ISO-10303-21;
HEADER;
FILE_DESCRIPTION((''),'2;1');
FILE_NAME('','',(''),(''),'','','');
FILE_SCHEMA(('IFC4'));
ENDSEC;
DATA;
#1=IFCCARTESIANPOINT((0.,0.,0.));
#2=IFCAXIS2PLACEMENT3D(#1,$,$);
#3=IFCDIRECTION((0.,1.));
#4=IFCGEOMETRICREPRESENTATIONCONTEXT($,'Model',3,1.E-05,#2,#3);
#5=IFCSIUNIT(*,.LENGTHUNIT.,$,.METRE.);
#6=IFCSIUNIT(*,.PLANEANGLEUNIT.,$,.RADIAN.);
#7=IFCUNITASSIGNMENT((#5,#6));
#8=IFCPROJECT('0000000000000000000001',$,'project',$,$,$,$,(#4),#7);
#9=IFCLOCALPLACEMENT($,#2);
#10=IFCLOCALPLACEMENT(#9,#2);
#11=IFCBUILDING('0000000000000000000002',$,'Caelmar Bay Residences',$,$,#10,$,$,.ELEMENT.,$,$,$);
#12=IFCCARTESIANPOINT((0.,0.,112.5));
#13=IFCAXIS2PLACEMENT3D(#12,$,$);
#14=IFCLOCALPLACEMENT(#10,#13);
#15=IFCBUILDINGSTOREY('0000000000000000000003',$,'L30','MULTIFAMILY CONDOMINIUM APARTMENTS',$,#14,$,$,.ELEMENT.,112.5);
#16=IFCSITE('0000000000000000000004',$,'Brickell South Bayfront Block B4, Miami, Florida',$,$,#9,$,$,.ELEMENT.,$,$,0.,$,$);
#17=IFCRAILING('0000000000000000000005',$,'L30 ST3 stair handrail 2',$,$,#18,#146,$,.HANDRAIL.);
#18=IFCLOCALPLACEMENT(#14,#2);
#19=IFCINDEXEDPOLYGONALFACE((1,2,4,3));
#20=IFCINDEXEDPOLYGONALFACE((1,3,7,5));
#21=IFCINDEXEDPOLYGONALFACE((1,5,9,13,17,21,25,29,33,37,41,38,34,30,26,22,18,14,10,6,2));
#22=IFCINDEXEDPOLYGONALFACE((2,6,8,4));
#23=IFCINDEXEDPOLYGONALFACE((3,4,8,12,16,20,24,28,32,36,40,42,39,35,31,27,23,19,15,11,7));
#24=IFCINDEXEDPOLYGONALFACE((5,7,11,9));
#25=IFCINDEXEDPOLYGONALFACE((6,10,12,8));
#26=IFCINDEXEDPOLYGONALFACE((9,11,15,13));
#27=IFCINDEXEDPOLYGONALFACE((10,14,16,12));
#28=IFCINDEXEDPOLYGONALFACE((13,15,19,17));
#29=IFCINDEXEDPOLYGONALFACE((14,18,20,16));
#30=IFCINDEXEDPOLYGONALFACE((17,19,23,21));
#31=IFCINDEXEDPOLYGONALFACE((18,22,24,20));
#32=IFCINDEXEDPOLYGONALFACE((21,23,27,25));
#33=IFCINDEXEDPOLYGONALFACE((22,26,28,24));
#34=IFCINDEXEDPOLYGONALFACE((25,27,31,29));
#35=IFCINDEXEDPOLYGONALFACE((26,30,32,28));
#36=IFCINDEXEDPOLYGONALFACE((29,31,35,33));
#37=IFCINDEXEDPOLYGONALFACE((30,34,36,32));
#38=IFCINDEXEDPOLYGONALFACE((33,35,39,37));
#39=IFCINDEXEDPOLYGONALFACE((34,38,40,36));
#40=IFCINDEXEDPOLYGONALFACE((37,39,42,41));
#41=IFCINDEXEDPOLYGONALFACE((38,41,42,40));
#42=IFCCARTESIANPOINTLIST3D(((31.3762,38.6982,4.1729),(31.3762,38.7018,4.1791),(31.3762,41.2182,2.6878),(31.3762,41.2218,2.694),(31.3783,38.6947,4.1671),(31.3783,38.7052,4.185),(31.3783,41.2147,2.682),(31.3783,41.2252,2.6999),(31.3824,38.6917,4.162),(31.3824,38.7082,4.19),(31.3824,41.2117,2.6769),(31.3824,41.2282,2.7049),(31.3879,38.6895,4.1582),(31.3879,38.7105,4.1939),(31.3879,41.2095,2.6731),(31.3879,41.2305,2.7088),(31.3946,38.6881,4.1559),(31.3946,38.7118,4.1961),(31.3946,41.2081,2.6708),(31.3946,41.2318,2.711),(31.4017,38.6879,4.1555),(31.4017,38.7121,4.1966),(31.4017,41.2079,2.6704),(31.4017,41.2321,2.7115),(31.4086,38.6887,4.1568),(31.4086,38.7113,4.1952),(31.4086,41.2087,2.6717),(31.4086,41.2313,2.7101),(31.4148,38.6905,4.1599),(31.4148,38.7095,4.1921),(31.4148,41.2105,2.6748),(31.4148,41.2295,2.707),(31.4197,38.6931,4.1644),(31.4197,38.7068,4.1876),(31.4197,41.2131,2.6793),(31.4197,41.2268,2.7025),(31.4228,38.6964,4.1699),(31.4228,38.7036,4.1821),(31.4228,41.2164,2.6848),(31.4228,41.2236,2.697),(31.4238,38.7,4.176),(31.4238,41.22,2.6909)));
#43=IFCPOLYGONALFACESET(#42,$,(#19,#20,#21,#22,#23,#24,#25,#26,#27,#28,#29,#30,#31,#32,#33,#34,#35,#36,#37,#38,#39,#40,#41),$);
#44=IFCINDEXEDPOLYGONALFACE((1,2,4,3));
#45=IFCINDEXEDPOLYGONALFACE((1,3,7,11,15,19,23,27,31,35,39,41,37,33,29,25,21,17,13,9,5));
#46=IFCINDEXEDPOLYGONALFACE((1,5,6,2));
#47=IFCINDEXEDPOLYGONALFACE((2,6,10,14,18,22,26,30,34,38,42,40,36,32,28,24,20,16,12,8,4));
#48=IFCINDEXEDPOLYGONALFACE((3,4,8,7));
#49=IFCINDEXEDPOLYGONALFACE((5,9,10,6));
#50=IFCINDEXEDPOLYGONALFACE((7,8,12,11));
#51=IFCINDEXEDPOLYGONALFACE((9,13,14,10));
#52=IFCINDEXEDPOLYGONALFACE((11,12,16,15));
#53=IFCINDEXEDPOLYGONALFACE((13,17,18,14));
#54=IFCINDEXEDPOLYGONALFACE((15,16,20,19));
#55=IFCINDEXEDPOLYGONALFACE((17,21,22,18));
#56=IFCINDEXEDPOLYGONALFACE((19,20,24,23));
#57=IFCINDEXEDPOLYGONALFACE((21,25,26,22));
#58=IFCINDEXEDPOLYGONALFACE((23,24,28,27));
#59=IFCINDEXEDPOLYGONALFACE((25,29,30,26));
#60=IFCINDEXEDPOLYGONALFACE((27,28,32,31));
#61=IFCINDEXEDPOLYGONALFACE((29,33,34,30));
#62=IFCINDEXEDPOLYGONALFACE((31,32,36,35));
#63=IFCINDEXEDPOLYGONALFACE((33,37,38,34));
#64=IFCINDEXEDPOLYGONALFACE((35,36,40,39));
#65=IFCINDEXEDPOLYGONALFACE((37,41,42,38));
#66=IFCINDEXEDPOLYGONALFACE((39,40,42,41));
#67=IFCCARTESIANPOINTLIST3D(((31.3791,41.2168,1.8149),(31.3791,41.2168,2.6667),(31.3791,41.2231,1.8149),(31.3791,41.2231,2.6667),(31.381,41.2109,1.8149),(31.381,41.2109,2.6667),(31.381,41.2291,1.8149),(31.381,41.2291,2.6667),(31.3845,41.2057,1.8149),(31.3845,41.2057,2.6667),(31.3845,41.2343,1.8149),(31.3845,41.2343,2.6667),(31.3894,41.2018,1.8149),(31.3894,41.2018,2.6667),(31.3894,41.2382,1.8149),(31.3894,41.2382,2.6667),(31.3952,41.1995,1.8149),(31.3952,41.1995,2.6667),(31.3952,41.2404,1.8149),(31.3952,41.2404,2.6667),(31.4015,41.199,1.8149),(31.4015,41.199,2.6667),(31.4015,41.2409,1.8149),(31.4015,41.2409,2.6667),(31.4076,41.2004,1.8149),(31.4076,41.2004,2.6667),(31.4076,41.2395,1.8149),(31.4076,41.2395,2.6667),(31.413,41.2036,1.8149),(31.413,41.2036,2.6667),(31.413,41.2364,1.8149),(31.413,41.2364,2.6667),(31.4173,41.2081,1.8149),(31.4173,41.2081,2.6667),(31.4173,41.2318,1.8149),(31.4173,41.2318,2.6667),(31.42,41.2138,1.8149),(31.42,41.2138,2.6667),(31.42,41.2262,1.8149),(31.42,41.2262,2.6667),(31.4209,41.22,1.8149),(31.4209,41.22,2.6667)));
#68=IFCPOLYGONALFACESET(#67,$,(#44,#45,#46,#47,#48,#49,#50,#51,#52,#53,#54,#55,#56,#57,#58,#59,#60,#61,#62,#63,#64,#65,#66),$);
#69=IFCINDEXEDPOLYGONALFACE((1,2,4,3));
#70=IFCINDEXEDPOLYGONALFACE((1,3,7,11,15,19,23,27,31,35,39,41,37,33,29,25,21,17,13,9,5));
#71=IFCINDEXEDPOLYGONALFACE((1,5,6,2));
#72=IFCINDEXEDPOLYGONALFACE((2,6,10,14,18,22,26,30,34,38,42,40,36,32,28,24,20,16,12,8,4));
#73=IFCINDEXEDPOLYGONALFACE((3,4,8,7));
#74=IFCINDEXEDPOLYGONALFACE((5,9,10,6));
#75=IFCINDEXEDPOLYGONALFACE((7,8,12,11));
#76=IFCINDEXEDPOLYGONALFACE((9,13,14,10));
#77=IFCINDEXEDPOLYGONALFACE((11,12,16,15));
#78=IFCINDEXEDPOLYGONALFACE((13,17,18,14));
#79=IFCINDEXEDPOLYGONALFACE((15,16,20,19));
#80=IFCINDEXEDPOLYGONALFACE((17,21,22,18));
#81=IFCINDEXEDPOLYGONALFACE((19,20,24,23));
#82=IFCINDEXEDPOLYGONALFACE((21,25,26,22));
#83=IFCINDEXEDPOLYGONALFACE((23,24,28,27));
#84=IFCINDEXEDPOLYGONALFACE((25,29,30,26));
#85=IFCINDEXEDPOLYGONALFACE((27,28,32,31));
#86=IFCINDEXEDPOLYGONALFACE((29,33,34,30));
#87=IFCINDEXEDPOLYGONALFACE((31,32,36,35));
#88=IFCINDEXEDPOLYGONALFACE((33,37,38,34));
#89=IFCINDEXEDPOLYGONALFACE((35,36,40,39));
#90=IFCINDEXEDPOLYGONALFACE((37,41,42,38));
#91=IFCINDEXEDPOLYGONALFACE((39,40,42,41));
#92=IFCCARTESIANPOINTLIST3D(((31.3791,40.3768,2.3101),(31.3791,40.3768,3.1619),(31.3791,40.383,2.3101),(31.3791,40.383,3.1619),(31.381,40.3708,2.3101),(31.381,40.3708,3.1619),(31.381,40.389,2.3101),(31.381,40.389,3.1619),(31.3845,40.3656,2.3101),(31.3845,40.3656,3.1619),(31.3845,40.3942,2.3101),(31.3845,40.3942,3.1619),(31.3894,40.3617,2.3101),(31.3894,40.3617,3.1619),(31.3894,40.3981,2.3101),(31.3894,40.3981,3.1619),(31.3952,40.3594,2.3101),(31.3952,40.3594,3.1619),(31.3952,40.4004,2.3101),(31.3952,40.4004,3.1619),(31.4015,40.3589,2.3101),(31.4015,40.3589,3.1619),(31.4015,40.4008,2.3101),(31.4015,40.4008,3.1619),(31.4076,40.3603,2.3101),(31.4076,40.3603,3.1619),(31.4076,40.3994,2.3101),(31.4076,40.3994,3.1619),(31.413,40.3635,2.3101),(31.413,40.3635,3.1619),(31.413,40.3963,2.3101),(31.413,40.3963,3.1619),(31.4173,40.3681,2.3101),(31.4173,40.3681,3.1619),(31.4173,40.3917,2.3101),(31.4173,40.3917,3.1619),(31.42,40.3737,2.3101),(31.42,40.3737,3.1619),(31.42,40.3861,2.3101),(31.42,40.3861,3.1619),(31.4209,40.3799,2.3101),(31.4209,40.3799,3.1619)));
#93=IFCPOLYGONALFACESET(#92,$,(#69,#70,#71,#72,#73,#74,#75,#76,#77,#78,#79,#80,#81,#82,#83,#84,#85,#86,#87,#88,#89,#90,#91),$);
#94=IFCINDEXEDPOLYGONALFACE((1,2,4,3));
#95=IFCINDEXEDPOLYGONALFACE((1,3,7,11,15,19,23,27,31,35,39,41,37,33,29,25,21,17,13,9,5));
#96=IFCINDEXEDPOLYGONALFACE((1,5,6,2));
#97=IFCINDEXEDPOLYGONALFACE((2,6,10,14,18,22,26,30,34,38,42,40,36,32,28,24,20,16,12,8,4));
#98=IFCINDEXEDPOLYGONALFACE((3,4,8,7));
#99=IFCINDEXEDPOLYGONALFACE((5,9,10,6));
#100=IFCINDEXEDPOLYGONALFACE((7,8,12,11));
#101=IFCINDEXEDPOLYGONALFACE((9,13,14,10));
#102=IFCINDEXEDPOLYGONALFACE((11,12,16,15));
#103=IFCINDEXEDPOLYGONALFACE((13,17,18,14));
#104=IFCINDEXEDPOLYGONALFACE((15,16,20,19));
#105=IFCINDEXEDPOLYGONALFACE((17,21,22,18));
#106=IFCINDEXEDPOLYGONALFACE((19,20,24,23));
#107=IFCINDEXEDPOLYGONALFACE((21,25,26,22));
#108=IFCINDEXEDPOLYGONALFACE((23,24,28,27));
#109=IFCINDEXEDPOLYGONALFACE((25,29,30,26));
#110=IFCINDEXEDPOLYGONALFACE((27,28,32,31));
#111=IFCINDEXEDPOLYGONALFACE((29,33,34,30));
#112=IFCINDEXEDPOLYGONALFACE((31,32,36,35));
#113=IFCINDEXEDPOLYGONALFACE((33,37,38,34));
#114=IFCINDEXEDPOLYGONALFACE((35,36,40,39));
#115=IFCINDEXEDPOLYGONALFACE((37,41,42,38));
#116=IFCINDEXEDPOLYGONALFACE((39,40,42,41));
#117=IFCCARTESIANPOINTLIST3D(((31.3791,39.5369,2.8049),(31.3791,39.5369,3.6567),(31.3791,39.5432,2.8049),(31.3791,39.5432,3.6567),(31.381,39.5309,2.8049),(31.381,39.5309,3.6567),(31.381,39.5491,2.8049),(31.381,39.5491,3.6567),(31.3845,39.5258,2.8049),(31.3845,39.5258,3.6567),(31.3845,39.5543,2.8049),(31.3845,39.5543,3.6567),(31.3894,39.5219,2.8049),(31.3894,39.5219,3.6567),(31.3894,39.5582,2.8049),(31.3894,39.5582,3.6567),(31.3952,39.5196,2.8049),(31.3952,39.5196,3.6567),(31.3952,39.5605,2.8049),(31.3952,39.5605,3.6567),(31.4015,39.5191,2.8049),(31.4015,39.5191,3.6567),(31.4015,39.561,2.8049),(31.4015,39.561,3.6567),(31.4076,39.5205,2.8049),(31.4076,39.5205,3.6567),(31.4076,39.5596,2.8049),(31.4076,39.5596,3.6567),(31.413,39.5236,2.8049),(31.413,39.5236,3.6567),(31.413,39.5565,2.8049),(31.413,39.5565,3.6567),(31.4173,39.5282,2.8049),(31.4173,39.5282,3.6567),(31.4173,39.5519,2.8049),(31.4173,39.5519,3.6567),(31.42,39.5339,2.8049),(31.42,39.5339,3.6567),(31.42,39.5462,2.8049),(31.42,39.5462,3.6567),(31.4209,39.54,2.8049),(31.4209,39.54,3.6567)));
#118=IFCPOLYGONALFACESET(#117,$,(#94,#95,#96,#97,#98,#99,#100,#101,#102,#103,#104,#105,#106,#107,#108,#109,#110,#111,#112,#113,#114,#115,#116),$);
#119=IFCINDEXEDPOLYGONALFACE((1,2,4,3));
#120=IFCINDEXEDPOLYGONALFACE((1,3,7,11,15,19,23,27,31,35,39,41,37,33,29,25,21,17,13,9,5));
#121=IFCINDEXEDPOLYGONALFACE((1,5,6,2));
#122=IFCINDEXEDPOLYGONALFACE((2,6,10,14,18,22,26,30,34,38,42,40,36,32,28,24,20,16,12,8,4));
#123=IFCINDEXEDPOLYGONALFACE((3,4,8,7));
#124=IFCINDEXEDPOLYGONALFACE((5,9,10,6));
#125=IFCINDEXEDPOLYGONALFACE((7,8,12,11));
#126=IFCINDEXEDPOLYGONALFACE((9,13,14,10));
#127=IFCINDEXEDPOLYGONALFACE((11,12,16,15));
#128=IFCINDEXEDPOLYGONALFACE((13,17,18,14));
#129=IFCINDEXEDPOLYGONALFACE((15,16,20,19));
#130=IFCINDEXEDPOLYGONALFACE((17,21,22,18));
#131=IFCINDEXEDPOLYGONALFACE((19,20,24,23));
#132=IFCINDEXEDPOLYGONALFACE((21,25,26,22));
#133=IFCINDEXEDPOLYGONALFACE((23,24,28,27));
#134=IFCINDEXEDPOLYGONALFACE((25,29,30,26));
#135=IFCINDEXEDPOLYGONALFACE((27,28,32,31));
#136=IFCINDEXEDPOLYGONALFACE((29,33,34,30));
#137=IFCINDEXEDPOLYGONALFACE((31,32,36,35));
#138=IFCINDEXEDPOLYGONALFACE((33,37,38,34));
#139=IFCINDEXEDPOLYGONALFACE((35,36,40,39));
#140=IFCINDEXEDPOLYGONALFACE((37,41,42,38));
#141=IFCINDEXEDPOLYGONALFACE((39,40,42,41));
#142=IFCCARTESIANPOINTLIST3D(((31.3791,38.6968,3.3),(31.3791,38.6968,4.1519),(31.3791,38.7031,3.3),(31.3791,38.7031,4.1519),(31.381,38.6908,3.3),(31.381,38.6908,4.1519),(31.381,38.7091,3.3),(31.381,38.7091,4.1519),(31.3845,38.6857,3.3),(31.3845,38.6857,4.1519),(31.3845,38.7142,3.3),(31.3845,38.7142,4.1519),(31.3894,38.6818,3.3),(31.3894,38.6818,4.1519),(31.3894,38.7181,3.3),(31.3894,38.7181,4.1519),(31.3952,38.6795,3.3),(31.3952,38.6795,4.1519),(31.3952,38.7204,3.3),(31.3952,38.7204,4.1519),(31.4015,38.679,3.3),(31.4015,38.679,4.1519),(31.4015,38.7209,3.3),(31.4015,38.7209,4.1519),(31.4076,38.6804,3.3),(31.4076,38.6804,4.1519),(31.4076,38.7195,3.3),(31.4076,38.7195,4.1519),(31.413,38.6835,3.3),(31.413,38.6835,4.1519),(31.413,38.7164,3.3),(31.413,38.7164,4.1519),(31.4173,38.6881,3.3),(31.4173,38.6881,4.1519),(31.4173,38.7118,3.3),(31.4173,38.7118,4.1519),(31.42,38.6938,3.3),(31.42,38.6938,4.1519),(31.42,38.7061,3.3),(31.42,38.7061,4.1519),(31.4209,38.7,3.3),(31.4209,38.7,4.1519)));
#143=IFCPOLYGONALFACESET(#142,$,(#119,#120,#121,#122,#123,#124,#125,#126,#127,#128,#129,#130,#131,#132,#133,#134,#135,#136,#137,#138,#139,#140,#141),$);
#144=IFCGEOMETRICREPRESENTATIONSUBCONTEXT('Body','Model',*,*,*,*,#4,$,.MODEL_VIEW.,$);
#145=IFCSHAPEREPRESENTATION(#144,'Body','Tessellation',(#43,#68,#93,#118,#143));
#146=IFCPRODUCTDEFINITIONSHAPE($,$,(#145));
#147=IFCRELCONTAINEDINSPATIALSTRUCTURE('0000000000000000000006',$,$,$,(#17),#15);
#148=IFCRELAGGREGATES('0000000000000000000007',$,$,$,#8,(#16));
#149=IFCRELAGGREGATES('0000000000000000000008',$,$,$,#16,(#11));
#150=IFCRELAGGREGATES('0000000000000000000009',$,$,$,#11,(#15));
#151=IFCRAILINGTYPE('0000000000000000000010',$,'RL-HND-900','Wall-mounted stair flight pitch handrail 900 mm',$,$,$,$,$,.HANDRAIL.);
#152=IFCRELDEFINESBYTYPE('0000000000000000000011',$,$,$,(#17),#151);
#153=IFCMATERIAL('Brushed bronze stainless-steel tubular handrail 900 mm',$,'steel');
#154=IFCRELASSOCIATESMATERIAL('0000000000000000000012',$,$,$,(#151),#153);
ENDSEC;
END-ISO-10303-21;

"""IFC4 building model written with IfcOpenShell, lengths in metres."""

from ifc_helpers import new_model, si_unit, direction, frame, origin, origin_2d, place, context, subcontext, project, spatial, circle, extrude, material, type_object, element, save


model = new_model("IFC4")

# Units and contexts
model_context = context("Model", 3, precision=1e-05, world=origin(), true_north=direction((0.0, 1.0)))
body_context = subcontext(model_context, "Body", "Model", "MODEL_VIEW")
ifc_project = project(units=[si_unit("LENGTHUNIT", "METRE"), si_unit("PLANEANGLEUNIT", "RADIAN")], contexts=[model_context])

# Site, building, storey
site_placement = place(None, origin())
site = spatial("IfcSite", under=ifc_project, at=site_placement, Name="Brickell South Bayfront Block B4, Miami, Florida", CompositionType="ELEMENT", RefElevation=0.0)
building_placement = place(site_placement, origin())
building = spatial("IfcBuilding", under=site, at=building_placement, Name="Caelmar Bay Residences", CompositionType="ELEMENT")
storey_placement = place(building_placement, frame((0.0, 0.0, 112.5)))
storey = spatial("IfcBuildingStorey", under=building, at=storey_placement, Name="L30", Description="MULTIFAMILY CONDOMINIUM APARTMENTS", CompositionType="ELEMENT", Elevation=112.5)

# Railing
ifc_material_1 = material(Name="Brushed bronze stainless-steel tubular handrail 900 mm", Category="steel")
railing_type_1 = type_object("IfcRailingType", Name="RL-HND-900", Description="Wall-mounted stair flight pitch handrail 900 mm", PredefinedType="HANDRAIL", material=ifc_material_1)
railing_1_placement = place(storey_placement, frame((31.3999, 41.22, 1.8149)))
element("IfcRailing", 1, at=railing_1_placement, inside=storey, type_object=railing_type_1, Name="L30 ST3 stair handrail 2", PredefinedType="HANDRAIL", context=body_context, shape_type="SweptSolid", body=[
    extrude(circle(Radius=0.0239, at=origin_2d()), frame((0.0, 0.0, 0.876), z_axis=(0.0, -0.861524, 0.507717), x_axis=(1.0, 0.0, 0.0)), (0.0, 0.0, 1.0), 2.925),
    extrude(circle(Radius=0.021, at=origin_2d()), origin(), (0.0, 0.0, 1.0), 0.8518),
    extrude(circle(Radius=0.021, at=origin_2d()), frame((0.0, -0.8401, 0.4951)), (0.0, 0.0, 1.0), 0.8518),
    extrude(circle(Radius=0.021, at=origin_2d()), frame((0.0, -1.6799, 0.99)), (0.0, 0.0, 1.0), 0.8518),
    extrude(circle(Radius=0.021, at=origin_2d()), frame((0.0, -2.52, 1.4851)), (0.0, 0.0, 1.0), 0.8518),
])

save(model, "model.ifc")
